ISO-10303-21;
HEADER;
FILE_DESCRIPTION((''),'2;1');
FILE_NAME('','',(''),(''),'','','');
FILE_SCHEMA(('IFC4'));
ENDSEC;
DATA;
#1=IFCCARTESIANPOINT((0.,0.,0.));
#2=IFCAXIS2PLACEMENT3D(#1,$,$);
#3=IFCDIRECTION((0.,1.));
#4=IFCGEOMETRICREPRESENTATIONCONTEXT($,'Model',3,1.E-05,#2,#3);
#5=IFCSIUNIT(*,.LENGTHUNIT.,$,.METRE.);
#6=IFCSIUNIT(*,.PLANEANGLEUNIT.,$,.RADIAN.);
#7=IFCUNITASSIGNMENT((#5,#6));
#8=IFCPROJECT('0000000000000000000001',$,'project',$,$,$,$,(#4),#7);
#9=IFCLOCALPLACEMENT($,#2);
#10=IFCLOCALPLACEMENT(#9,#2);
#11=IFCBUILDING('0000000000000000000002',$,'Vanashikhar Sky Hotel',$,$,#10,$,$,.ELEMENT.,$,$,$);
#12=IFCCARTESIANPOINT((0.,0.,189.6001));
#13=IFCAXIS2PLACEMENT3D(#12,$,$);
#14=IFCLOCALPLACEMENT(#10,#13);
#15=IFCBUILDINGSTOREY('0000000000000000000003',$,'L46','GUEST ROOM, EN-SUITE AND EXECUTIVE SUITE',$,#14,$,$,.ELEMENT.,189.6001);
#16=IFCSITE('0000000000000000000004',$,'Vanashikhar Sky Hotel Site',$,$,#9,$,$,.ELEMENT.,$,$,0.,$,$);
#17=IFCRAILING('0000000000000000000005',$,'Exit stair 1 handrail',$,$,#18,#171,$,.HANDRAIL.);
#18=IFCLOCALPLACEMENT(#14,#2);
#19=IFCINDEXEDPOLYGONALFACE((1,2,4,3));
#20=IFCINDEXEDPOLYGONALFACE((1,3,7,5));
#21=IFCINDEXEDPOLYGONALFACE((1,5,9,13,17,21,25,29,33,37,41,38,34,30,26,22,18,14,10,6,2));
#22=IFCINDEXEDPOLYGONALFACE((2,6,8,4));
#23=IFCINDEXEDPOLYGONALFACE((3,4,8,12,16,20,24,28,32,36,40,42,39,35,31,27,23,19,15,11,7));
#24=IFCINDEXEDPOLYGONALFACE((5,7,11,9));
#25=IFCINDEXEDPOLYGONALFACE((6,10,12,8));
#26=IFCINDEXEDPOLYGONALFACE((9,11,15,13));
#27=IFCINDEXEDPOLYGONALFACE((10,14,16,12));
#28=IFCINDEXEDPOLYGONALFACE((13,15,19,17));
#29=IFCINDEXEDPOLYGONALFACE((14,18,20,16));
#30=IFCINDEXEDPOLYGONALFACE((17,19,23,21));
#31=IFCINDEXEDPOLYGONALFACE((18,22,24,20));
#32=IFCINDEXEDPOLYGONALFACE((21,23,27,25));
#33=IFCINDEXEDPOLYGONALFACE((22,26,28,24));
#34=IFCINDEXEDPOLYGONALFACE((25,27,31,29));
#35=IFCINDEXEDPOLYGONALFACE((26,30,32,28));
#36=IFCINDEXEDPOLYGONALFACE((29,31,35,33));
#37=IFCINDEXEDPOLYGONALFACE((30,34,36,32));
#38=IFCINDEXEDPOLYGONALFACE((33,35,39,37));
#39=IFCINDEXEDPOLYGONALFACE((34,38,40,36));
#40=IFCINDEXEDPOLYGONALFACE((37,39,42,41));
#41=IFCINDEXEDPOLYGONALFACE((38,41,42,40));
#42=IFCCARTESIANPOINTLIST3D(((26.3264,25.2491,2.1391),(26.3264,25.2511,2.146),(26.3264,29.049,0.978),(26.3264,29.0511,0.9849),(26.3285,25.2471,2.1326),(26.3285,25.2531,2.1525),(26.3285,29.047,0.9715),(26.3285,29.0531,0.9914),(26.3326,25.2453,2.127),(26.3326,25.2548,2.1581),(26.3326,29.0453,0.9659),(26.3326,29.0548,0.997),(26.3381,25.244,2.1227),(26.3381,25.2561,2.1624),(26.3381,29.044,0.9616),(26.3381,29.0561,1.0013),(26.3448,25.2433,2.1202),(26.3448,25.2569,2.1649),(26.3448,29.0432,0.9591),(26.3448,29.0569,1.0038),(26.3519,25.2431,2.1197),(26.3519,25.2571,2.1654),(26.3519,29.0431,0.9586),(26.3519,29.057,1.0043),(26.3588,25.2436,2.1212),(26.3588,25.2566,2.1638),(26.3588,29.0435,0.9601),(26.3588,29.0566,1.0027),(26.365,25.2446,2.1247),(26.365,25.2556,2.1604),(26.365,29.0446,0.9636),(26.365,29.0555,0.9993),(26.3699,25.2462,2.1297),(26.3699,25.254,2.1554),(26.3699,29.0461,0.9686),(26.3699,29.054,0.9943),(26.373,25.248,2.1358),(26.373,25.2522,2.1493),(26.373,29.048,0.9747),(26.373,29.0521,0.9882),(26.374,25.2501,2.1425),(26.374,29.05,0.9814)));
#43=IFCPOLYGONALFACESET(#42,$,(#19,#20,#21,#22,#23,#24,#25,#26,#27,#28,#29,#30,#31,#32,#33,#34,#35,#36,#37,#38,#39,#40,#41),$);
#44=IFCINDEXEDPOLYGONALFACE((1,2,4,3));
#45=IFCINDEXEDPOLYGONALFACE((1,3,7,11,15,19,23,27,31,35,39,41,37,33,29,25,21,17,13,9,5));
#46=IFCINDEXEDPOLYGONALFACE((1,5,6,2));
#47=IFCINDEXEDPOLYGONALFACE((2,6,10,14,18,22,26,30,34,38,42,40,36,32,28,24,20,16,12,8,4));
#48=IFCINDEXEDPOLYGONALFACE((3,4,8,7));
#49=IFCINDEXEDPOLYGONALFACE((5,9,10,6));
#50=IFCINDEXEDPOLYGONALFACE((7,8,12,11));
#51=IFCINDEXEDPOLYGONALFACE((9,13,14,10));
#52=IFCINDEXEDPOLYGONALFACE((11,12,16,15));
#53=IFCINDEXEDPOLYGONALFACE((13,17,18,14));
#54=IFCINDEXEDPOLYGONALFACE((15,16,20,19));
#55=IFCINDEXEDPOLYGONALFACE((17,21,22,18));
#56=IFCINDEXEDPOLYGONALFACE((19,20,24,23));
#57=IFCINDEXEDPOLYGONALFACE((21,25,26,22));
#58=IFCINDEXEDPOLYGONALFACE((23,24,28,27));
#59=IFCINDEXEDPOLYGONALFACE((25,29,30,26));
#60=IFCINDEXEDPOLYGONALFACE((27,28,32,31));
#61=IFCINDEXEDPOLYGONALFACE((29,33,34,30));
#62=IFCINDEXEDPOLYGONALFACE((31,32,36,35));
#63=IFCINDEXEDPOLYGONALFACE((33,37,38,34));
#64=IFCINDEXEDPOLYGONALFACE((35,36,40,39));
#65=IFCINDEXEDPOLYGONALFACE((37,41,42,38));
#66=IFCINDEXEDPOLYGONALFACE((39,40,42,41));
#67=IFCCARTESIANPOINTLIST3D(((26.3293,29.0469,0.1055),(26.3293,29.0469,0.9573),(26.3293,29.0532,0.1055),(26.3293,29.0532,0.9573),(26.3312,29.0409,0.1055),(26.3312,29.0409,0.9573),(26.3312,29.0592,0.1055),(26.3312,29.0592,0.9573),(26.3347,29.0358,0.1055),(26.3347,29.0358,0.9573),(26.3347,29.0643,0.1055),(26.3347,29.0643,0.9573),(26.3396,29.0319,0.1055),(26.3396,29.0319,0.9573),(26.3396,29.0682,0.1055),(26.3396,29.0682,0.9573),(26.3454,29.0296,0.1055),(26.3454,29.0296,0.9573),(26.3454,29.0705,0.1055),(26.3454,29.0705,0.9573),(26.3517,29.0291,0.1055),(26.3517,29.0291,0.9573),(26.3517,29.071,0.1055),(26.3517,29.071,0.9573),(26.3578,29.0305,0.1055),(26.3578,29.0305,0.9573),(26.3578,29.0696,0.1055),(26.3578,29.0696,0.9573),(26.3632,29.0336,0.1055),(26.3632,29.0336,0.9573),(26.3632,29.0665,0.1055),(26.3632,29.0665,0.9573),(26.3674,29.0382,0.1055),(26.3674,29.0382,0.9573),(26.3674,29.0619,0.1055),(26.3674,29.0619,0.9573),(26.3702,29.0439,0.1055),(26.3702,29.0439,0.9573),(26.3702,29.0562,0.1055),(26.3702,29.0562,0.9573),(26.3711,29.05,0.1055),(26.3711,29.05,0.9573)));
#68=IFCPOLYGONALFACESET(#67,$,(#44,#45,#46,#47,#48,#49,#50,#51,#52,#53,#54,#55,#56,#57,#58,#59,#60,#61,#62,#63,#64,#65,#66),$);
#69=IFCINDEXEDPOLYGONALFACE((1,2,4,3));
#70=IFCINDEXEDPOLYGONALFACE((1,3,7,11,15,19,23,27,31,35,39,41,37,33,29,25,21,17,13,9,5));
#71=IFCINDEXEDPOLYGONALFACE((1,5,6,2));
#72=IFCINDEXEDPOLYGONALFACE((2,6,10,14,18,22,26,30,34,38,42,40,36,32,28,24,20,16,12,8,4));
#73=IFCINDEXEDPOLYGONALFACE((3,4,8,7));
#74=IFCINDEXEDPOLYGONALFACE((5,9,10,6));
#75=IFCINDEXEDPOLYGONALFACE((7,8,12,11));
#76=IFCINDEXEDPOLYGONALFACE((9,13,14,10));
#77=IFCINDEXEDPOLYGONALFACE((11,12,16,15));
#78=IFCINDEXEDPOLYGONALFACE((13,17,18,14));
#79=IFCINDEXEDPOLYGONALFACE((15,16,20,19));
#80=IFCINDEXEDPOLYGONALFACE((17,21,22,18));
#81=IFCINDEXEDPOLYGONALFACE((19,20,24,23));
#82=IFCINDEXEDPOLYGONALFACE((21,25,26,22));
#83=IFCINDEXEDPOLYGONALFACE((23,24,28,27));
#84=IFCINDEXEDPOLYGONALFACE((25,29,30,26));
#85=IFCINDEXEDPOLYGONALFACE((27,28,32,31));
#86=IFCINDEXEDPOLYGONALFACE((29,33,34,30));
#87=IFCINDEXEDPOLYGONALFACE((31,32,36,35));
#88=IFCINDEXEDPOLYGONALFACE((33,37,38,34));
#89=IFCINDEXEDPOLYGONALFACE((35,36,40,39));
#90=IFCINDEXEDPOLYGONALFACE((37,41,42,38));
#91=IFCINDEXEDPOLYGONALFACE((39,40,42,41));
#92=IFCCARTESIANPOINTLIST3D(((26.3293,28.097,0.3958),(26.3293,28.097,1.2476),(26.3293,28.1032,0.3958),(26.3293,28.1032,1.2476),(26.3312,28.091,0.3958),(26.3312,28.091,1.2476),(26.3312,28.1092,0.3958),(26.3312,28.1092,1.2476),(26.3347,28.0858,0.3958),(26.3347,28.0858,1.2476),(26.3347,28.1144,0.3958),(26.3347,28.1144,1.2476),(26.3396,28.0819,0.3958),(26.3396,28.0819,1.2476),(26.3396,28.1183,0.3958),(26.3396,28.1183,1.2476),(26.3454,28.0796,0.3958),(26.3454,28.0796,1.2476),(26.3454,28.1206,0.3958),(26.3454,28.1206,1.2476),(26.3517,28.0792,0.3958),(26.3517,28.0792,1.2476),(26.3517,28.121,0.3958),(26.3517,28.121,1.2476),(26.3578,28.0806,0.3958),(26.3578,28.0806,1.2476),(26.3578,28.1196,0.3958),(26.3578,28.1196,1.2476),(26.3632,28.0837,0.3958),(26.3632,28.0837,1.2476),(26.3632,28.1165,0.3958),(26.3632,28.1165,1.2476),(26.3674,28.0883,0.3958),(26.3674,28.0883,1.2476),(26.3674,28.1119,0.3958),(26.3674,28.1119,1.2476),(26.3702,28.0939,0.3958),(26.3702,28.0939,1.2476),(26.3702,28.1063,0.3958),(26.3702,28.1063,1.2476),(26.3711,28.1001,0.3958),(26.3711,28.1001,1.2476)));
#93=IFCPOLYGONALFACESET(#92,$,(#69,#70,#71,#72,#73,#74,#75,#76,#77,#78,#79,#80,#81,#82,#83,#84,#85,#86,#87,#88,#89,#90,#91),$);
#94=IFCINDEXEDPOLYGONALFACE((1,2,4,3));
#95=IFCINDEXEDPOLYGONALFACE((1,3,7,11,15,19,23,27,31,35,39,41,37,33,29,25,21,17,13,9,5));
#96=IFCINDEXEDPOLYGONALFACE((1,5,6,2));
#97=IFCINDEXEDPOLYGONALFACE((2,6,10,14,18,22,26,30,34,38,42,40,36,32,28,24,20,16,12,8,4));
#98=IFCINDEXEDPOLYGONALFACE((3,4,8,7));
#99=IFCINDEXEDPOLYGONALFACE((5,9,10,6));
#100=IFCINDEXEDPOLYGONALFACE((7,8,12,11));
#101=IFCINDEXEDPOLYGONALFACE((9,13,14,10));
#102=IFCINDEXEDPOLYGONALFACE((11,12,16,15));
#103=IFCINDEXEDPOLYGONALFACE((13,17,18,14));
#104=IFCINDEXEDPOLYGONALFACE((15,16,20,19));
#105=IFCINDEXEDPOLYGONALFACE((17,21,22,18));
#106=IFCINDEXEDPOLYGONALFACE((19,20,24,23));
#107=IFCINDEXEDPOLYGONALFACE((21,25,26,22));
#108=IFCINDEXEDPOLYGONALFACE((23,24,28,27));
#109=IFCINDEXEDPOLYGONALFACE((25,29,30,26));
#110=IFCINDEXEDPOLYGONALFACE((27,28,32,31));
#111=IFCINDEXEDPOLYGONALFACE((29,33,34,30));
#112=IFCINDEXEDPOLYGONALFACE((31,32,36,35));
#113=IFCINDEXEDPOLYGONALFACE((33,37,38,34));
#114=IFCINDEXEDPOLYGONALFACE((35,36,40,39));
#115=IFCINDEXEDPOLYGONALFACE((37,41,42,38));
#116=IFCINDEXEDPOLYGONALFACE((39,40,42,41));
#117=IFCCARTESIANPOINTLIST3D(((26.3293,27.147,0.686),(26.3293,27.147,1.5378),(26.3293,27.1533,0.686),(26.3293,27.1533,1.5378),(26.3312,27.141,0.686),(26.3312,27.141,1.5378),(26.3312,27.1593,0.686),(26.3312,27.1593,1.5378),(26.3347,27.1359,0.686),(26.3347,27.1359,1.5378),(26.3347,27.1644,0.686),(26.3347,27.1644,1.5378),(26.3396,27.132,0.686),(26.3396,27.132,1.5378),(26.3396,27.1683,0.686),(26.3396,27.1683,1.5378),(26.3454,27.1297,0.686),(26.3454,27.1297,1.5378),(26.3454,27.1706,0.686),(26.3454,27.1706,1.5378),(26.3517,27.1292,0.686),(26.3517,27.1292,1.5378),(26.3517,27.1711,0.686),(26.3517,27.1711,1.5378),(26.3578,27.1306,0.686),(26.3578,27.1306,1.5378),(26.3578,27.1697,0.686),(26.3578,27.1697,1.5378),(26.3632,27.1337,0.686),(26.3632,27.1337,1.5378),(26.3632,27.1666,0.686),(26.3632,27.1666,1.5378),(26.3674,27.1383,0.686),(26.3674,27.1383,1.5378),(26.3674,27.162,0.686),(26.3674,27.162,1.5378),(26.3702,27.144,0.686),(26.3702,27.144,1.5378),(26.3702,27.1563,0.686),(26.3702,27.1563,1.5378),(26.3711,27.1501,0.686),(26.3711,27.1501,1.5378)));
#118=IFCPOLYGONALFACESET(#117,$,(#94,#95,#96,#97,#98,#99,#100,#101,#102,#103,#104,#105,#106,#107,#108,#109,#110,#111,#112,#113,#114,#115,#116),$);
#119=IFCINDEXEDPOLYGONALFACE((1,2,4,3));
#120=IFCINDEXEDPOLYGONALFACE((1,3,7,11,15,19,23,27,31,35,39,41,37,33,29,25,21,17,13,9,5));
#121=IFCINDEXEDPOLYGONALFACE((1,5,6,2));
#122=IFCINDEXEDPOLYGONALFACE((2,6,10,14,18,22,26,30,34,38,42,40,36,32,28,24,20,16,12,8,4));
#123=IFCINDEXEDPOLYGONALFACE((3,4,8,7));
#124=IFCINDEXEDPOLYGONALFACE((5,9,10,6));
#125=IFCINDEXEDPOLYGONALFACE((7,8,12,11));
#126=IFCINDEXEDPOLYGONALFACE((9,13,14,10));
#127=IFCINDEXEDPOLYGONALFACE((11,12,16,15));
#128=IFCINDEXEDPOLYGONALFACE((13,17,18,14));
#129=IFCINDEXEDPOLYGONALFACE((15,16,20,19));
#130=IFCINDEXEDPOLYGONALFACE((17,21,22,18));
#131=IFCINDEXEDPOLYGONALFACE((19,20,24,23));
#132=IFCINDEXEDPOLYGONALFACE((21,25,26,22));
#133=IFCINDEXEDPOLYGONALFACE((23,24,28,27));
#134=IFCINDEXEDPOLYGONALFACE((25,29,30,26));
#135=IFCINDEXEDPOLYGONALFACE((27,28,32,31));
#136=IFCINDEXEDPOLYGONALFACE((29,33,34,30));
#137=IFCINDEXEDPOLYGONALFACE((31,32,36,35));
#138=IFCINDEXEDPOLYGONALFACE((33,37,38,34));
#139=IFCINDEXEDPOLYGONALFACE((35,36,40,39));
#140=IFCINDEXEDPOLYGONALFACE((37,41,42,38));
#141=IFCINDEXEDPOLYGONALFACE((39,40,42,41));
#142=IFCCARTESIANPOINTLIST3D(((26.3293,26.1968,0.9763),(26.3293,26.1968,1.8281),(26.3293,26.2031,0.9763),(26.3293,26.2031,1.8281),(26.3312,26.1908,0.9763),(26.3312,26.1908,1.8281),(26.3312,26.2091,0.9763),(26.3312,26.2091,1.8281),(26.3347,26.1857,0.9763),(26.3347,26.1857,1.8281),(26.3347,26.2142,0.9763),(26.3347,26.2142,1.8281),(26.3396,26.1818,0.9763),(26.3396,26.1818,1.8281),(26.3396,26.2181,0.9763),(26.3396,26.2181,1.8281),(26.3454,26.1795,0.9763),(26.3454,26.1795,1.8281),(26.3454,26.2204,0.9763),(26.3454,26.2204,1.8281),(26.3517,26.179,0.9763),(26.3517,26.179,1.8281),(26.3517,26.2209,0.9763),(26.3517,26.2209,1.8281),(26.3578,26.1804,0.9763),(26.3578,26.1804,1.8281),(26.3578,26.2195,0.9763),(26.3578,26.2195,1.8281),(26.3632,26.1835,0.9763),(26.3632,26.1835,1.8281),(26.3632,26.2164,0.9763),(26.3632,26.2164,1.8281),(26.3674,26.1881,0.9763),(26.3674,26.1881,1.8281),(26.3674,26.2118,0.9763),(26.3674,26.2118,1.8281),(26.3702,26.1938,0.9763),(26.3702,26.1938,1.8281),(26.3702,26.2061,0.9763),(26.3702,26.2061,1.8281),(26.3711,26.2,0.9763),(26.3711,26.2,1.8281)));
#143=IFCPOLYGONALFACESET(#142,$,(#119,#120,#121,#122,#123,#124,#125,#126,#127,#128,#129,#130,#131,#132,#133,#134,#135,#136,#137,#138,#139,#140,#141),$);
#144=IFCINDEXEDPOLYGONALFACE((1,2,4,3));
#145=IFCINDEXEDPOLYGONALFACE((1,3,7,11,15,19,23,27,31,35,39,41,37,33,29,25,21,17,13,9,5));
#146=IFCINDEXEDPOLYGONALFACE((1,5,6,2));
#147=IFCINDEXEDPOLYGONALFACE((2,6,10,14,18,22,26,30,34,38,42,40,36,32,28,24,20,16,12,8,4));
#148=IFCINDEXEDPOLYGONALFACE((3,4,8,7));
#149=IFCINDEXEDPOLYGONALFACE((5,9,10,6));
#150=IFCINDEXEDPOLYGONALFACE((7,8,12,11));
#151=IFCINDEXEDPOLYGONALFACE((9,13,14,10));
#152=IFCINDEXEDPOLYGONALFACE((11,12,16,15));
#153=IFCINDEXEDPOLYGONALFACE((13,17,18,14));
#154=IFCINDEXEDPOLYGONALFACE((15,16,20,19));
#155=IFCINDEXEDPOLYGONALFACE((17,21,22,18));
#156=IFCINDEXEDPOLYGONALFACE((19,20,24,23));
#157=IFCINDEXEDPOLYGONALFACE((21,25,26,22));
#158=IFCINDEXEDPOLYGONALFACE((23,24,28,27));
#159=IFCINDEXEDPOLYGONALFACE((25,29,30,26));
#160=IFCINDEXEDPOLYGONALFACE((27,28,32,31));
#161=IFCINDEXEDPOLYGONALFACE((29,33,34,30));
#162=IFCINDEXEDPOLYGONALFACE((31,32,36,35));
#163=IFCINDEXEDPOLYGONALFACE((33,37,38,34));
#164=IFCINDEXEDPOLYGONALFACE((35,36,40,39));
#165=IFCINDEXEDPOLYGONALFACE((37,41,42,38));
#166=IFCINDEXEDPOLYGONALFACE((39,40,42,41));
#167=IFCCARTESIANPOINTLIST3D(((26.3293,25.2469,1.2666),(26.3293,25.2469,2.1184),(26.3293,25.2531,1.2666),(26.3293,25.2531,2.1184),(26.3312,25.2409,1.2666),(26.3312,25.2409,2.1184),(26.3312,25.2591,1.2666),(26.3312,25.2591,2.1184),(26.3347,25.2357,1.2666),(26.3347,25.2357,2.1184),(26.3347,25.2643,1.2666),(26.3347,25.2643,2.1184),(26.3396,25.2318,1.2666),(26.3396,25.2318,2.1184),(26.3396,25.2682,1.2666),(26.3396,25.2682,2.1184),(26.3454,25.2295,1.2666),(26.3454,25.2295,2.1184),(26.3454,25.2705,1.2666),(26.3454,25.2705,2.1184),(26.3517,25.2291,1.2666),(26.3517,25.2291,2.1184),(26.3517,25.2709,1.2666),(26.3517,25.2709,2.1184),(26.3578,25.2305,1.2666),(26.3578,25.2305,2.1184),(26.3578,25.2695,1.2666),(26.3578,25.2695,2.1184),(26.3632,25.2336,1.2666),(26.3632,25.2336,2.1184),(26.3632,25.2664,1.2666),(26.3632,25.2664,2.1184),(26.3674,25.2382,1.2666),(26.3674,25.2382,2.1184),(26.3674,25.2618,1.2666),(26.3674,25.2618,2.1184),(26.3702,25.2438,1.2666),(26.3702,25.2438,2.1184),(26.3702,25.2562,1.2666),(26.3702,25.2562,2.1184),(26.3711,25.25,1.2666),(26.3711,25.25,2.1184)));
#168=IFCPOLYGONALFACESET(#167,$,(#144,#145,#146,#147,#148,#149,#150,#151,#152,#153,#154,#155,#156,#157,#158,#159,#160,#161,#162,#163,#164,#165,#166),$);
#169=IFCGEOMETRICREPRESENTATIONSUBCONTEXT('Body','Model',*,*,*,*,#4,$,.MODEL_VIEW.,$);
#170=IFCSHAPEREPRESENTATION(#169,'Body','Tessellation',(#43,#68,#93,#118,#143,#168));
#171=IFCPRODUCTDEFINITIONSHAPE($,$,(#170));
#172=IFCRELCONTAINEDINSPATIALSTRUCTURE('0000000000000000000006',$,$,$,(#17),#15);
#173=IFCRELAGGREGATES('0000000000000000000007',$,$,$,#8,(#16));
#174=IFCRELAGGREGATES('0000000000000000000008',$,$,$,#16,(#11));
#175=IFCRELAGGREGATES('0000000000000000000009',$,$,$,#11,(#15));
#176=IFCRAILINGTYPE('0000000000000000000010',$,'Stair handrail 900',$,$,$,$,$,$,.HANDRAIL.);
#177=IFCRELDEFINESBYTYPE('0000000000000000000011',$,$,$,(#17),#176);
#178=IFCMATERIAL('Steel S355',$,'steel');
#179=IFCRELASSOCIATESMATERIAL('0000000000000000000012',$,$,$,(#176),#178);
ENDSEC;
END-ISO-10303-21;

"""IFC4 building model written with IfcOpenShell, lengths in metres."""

from ifc_helpers import new_model, si_unit, direction, frame, origin, origin_2d, place, context, subcontext, project, spatial, circle, extrude, source, transform, mapped, material, type_object, element, save


model = new_model("IFC4")

# Units and contexts
model_context = context("Model", 3, precision=1e-05, world=origin(), true_north=direction((0.0, 1.0)))
body_context = subcontext(model_context, "Body", "Model", "MODEL_VIEW")
ifc_project = project(units=[si_unit("LENGTHUNIT", "METRE"), si_unit("PLANEANGLEUNIT", "RADIAN")], contexts=[model_context])

# Site, building, storey
site_placement = place(None, origin())
site = spatial("IfcSite", under=ifc_project, at=site_placement, Name="Vanashikhar Sky Hotel Site", CompositionType="ELEMENT", RefElevation=0.0)
building_placement = place(site_placement, origin())
building = spatial("IfcBuilding", under=site, at=building_placement, Name="Vanashikhar Sky Hotel", CompositionType="ELEMENT")
storey_placement = place(building_placement, frame((0.0, 0.0, 189.6001)))
storey = spatial("IfcBuildingStorey", under=building, at=storey_placement, Name="L46", Description="GUEST ROOM, EN-SUITE AND EXECUTIVE SUITE", CompositionType="ELEMENT", Elevation=189.6001)

# Railing
ifc_material_1 = material(Name="Steel S355", Category="steel")
railing_type_1 = type_object("IfcRailingType", Name="Stair handrail 900", PredefinedType="HANDRAIL", material=ifc_material_1)
shared_shape_1 = source(origin(), body_context, "Body", "SweptSolid", [
    extrude(circle(Radius=0.0239, at=origin_2d()), frame((0.0, 0.0, 0.876), z_axis=(0.0, -0.956351, 0.29222), x_axis=(1.0, 0.0, 0.0)), (0.0, 0.0, 1.0), 3.9734),
    extrude(circle(Radius=0.021, at=origin_2d()), origin(), (0.0, 0.0, 1.0), 0.8518),
    extrude(circle(Radius=0.021, at=origin_2d()), frame((0.0, -0.95, 0.2903)), (0.0, 0.0, 1.0), 0.8518),
    extrude(circle(Radius=0.021, at=origin_2d()), frame((0.0, -1.8999, 0.5806)), (0.0, 0.0, 1.0), 0.8518),
    extrude(circle(Radius=0.021, at=origin_2d()), frame((0.0, -2.8501, 0.8708)), (0.0, 0.0, 1.0), 0.8518),
    extrude(circle(Radius=0.021, at=origin_2d()), frame((0.0, -3.8, 1.1611)), (0.0, 0.0, 1.0), 0.8518),
])
for number, where, name in (
    (1, (26.3501, 29.05, 0.1055), "Exit stair 1 handrail"),
):
    element("IfcRailing", number, at=place(storey_placement, frame(where)), inside=storey, type_object=railing_type_1, Name=name, PredefinedType="HANDRAIL", context=body_context, shape_type="MappedRepresentation", body=[
        mapped(shared_shape_1, transform((0.0, 0.0, 0.0), scale=1.0)),
    ])

save(model, "model.ifc")
